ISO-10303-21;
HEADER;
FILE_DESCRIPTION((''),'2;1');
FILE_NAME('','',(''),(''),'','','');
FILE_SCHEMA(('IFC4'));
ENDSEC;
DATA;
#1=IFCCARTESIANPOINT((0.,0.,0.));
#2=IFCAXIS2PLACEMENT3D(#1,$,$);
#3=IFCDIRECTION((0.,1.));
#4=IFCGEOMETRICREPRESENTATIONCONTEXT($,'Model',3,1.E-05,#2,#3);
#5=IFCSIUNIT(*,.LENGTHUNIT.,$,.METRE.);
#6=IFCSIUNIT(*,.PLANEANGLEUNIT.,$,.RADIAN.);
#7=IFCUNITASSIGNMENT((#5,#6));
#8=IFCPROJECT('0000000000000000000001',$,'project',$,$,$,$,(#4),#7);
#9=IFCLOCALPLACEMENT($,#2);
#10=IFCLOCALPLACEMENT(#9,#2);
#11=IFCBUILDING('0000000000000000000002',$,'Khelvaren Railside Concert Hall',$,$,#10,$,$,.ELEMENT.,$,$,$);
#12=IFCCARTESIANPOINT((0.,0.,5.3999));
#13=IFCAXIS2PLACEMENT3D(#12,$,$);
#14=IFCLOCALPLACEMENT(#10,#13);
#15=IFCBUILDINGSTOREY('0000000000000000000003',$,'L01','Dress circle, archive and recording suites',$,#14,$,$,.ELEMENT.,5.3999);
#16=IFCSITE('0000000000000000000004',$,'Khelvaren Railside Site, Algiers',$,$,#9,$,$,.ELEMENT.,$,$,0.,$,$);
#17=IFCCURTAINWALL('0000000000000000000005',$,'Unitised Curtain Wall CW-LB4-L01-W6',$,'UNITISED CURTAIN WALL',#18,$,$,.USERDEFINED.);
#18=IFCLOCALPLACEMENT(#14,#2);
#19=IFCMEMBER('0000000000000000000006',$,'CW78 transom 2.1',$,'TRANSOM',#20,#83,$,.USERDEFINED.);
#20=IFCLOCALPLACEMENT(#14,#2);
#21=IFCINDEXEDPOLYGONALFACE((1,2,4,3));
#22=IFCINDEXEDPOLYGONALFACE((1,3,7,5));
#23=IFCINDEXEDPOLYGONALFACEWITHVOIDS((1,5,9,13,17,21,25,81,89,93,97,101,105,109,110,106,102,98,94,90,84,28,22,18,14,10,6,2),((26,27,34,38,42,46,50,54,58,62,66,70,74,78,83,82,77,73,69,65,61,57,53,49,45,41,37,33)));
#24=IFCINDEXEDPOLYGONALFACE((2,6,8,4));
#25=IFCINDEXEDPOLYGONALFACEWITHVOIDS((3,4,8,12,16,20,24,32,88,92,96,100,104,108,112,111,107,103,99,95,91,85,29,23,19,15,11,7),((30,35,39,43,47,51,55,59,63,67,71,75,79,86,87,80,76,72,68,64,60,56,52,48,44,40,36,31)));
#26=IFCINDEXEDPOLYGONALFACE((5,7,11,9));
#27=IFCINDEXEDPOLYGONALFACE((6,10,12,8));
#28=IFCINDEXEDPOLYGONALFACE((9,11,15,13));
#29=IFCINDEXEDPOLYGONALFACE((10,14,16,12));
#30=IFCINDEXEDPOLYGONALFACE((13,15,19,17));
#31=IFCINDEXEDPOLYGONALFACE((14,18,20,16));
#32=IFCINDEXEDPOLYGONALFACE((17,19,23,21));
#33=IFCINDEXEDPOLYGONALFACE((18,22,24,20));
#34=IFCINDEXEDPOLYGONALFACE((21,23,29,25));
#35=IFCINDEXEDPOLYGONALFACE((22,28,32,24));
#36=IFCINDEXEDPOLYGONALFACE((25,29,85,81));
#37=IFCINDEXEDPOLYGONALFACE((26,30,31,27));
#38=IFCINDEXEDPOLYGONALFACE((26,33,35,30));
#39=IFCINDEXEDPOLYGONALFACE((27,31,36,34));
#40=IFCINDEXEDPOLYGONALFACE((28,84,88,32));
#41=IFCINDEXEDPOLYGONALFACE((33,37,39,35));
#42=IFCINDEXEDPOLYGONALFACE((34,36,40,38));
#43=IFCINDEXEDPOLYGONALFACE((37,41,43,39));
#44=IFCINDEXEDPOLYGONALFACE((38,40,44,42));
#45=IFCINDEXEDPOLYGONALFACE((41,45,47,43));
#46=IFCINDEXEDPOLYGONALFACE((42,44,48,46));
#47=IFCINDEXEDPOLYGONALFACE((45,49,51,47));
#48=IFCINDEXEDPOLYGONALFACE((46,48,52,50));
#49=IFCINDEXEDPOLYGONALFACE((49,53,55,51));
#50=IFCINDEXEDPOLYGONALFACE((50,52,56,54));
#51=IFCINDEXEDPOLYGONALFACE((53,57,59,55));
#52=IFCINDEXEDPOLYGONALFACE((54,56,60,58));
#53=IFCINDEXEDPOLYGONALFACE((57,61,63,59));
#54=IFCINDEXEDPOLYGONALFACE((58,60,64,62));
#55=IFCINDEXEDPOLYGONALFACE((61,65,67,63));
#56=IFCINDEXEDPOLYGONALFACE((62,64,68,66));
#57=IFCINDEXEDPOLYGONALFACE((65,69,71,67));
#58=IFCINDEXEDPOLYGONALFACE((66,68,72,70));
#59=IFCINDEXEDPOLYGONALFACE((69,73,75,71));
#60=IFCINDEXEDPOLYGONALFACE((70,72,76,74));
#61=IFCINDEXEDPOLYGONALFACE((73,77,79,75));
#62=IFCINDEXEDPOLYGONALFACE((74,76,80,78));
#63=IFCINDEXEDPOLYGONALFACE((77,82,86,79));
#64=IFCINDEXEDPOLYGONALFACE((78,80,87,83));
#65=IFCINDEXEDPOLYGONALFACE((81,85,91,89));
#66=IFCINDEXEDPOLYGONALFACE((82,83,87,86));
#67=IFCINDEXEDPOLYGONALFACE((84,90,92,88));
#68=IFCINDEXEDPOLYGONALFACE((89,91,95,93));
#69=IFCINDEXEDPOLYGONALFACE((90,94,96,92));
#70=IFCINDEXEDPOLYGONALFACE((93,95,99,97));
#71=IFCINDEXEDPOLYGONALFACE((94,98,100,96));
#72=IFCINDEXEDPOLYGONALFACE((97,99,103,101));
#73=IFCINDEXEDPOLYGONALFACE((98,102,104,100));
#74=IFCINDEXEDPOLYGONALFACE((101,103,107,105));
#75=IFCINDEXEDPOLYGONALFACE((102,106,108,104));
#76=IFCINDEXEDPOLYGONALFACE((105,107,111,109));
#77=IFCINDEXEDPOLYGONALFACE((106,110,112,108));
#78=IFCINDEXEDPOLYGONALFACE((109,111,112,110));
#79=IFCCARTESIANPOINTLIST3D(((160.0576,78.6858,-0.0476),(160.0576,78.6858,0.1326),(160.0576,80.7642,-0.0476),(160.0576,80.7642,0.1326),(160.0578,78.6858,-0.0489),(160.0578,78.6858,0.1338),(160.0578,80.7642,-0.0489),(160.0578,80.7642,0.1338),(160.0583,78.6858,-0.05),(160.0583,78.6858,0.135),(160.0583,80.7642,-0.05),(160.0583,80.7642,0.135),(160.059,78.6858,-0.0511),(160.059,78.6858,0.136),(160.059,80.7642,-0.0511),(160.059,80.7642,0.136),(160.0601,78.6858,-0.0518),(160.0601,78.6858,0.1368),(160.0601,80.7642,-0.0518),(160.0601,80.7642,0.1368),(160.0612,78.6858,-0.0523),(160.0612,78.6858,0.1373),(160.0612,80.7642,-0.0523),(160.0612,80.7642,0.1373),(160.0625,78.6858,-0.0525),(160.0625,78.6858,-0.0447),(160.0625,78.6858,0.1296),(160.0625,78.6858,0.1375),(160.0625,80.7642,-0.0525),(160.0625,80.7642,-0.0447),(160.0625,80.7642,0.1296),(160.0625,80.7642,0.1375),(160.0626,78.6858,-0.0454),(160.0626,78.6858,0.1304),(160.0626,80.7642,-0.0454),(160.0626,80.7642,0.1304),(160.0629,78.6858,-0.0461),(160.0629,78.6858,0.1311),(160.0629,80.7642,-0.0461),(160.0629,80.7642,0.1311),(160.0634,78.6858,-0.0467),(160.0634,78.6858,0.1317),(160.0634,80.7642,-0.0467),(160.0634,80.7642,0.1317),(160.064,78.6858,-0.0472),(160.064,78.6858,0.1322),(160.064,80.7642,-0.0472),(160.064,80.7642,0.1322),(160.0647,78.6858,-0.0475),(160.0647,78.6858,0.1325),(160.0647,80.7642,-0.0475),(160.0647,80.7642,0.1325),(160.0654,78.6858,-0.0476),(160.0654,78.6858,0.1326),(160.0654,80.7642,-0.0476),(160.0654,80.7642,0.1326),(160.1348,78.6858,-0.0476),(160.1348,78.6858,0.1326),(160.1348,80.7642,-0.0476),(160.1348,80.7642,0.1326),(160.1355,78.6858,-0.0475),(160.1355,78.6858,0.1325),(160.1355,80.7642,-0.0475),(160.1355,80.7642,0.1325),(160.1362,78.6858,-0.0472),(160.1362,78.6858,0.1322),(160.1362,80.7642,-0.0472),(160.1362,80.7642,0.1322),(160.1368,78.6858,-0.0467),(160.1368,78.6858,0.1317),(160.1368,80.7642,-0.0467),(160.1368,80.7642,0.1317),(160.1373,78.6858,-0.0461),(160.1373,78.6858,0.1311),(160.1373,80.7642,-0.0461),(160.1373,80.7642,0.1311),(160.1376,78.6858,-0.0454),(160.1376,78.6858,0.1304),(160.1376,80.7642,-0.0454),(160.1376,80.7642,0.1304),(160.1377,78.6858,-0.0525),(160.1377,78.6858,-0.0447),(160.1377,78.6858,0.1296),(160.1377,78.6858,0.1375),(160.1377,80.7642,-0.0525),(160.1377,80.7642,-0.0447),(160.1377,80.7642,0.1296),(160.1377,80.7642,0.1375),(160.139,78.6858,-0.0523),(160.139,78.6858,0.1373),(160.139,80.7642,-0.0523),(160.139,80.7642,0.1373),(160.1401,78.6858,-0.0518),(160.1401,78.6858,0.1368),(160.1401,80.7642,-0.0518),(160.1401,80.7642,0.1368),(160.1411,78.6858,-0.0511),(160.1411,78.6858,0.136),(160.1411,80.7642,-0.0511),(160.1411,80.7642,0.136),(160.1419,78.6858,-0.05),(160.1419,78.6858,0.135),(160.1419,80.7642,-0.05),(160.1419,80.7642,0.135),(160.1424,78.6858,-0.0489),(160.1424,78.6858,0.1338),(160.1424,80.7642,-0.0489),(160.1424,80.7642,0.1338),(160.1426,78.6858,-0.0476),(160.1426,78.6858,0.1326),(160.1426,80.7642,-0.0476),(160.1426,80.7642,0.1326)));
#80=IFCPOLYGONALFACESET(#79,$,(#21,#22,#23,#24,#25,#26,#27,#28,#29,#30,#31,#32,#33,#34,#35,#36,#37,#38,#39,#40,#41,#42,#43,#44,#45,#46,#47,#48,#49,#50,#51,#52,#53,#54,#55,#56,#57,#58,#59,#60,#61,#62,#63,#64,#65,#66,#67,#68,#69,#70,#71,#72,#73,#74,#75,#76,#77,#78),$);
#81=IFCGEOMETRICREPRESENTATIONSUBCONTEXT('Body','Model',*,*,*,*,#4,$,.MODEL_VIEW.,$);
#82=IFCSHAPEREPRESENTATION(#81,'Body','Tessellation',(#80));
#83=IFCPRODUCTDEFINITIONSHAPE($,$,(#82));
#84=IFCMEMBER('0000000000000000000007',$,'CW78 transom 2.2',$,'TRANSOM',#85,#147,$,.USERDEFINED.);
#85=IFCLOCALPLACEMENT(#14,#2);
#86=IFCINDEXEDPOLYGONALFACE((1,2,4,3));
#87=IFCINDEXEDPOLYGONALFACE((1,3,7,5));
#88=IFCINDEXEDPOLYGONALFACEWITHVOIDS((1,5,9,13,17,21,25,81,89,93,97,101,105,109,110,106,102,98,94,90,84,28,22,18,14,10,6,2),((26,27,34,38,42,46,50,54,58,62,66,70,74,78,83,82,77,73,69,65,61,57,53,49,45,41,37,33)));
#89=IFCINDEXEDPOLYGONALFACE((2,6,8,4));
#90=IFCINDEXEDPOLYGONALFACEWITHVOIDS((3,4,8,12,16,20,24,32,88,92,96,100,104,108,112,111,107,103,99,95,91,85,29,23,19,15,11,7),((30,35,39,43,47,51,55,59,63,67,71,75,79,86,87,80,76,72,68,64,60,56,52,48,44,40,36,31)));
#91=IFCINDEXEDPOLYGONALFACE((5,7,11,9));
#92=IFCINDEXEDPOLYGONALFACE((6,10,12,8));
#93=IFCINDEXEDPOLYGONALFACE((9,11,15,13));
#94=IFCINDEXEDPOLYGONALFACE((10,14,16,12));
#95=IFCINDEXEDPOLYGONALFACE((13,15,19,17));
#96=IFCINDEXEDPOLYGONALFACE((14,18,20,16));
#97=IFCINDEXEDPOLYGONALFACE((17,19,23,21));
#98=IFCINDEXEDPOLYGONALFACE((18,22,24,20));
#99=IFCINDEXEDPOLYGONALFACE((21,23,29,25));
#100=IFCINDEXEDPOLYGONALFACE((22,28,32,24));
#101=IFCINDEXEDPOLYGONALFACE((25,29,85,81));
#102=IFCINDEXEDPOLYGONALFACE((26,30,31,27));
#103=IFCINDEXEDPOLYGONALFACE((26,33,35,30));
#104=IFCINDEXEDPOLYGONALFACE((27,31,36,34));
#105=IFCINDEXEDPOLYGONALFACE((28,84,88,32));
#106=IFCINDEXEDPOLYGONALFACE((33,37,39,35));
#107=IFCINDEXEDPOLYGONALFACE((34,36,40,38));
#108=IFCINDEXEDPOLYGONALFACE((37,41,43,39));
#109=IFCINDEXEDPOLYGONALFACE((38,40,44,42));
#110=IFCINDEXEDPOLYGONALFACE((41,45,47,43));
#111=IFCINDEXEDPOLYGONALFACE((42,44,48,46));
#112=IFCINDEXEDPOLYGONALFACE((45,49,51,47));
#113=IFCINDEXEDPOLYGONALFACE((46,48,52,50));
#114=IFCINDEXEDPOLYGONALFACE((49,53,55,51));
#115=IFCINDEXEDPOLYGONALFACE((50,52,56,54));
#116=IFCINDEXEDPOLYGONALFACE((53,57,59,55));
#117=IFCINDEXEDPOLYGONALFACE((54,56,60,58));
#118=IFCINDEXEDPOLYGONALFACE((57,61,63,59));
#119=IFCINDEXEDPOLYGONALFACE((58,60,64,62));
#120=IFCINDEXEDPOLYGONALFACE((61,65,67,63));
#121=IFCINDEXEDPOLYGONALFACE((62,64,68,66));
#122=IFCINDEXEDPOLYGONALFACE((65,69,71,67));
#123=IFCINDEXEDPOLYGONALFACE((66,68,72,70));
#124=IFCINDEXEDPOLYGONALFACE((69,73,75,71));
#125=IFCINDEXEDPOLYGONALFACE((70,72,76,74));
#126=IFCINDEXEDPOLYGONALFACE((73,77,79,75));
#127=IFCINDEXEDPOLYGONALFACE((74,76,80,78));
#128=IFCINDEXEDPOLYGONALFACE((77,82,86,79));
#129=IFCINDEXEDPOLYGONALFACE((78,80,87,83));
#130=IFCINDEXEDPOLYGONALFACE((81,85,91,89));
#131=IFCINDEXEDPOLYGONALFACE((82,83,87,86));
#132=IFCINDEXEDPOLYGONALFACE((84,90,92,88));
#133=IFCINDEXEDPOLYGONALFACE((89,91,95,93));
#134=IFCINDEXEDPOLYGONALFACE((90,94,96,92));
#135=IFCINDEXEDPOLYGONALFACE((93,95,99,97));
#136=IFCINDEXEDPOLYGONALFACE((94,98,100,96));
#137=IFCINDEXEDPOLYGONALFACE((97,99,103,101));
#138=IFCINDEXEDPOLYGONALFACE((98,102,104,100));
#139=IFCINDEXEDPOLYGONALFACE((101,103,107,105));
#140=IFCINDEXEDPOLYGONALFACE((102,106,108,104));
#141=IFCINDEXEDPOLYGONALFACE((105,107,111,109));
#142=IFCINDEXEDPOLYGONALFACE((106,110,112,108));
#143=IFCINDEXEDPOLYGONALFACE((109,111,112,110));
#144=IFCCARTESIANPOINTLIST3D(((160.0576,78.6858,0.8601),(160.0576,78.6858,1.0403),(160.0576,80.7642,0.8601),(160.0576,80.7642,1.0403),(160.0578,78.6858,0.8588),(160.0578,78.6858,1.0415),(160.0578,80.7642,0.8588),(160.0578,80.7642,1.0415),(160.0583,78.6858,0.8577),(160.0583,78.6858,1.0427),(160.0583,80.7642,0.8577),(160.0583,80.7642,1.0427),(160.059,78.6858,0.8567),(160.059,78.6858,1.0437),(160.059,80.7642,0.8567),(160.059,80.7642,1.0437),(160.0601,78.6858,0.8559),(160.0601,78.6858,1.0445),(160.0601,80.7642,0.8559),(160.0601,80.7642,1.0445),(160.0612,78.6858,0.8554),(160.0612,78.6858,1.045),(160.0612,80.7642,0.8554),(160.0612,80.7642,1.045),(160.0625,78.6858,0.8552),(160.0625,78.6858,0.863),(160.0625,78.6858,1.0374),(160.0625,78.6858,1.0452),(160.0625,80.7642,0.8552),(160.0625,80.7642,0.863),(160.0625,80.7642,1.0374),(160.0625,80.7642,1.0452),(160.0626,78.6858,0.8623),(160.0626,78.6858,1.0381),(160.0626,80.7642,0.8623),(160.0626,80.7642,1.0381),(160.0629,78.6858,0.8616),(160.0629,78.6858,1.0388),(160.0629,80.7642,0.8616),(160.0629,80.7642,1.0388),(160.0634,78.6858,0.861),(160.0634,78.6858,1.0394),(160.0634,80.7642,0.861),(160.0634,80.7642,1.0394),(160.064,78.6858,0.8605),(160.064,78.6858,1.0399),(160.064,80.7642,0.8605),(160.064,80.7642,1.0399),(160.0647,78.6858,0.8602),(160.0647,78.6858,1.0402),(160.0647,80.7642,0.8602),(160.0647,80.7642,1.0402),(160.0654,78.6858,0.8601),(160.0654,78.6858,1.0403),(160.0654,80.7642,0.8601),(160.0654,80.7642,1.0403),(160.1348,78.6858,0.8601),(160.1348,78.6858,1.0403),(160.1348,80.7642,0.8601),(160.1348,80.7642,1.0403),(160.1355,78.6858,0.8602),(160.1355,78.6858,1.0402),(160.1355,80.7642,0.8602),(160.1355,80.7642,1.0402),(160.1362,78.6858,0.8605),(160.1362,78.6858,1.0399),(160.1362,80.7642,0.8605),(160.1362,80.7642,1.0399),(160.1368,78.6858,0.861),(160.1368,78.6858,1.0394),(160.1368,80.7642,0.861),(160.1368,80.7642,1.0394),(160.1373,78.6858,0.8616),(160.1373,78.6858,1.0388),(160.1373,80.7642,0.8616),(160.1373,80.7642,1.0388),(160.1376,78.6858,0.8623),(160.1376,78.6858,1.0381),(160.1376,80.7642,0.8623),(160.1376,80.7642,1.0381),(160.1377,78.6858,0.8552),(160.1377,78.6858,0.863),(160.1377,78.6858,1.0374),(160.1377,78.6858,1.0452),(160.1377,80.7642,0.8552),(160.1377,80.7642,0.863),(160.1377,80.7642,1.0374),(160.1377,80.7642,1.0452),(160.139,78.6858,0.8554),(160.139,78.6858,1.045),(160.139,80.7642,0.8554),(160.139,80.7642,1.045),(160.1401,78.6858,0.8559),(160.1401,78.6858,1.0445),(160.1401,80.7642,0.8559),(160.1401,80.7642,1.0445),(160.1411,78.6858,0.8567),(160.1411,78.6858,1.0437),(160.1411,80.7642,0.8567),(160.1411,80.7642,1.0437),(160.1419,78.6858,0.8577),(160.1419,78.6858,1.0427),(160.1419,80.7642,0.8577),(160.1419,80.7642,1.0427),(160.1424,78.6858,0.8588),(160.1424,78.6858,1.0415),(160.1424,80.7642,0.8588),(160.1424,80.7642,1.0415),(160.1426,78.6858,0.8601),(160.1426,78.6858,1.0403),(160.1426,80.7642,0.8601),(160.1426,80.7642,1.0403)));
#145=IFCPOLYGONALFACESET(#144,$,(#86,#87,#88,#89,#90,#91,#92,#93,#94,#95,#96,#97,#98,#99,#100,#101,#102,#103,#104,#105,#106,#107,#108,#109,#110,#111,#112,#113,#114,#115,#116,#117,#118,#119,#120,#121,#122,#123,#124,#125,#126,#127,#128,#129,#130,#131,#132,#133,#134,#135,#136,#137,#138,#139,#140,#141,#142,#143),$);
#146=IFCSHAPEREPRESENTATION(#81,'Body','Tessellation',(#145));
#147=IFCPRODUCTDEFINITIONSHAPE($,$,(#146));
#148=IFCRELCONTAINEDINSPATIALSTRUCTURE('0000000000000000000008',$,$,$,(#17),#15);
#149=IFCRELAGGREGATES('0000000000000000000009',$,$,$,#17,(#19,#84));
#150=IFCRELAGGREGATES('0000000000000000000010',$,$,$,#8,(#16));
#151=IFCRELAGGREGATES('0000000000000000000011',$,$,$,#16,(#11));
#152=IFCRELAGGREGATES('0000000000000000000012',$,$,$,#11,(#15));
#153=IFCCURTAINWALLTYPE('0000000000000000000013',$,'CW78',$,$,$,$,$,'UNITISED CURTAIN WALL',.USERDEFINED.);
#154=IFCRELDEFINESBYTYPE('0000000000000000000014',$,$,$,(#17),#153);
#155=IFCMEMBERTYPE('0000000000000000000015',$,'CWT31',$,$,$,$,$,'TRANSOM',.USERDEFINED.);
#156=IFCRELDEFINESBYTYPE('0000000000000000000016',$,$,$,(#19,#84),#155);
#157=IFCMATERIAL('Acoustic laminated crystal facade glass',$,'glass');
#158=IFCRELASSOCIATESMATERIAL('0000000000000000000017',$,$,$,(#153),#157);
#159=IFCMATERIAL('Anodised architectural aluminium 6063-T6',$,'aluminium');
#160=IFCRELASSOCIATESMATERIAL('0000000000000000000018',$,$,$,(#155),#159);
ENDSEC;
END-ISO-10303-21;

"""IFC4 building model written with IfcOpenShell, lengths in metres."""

from ifc_helpers import new_model, si_unit, direction, frame, origin, origin_2d, place, context, subcontext, project, spatial, hollow_rectangle, extrude, material, material_profile, profile_set, type_object, element, aggregate, save


model = new_model("IFC4")

# Units and contexts
model_context = context("Model", 3, precision=1e-05, world=origin(), true_north=direction((0.0, 1.0)))
body_context = subcontext(model_context, "Body", "Model", "MODEL_VIEW")
ifc_project = project(units=[si_unit("LENGTHUNIT", "METRE"), si_unit("PLANEANGLEUNIT", "RADIAN")], contexts=[model_context])

# Site, building, storey
site_placement = place(None, origin())
site = spatial("IfcSite", under=ifc_project, at=site_placement, Name="Khelvaren Railside Site, Algiers", CompositionType="ELEMENT", RefElevation=0.0)
building_placement = place(site_placement, origin())
building = spatial("IfcBuilding", under=site, at=building_placement, Name="Khelvaren Railside Concert Hall", CompositionType="ELEMENT")
storey_placement = place(building_placement, frame((0.0, 0.0, 5.3999)))
storey = spatial("IfcBuildingStorey", under=building, at=storey_placement, Name="L01", Description="Dress circle, archive and recording suites", CompositionType="ELEMENT", Elevation=5.3999)

# Curtain wall, members
ifc_material_1 = material(Name="Acoustic laminated crystal facade glass", Category="glass")
curtain_wall_type = type_object("IfcCurtainWallType", Name="CW78", ElementType="UNITISED CURTAIN WALL", PredefinedType="USERDEFINED", material=ifc_material_1)
curtain_wall_placement = place(storey_placement, origin())
curtain_wall = element("IfcCurtainWall", 1, at=curtain_wall_placement, inside=storey, type_object=curtain_wall_type, Name="Unitised Curtain Wall CW-LB4-L01-W6", ObjectType="UNITISED CURTAIN WALL", PredefinedType="USERDEFINED")
ifc_material_2 = material(Name="Anodised architectural aluminium 6063-T6", Category="aluminium")
ifc_material_profile_1 = material_profile(ifc_material_2, hollow_rectangle(XDim=0.085, YDim=0.1899, WallThickness=0.0049, InnerFilletRadius=0.0029, OuterFilletRadius=0.0049, at=origin_2d()), Name="CWT 85x190x5")
ifc_profile_set_1 = profile_set([ifc_material_profile_1], Name="Anodised architectural aluminium 6063-T6")
member_type_1 = type_object("IfcMemberType", Name="CWT31", ElementType="TRANSOM", PredefinedType="USERDEFINED", material=ifc_profile_set_1)
member_1_placement = place(storey_placement, frame((160.1001, 78.6858, 0.0425), z_axis=(0.0, 1.0, 0.0), x_axis=(-1.0, 0.0, 0.0)))
member_1 = element("IfcMember", 2, at=member_1_placement, type_object=member_type_1, Name="CW78 transom 2.1", ObjectType="TRANSOM", PredefinedType="USERDEFINED", context=body_context, shape_type="SweptSolid", body=[
    extrude(hollow_rectangle(XDim=0.085, YDim=0.1899, WallThickness=0.0049, InnerFilletRadius=0.0029, OuterFilletRadius=0.0049, at=origin_2d()), origin(), (0.0, 0.0, 1.0), 2.0784),
])
member_2_placement = place(storey_placement, frame((160.1001, 78.6858, 0.9502), z_axis=(0.0, 1.0, 0.0), x_axis=(-1.0, 0.0, 0.0)))
member_2 = element("IfcMember", 3, at=member_2_placement, type_object=member_type_1, Name="CW78 transom 2.2", ObjectType="TRANSOM", PredefinedType="USERDEFINED", context=body_context, shape_type="SweptSolid", body=[
    extrude(hollow_rectangle(XDim=0.085, YDim=0.1899, WallThickness=0.0049, InnerFilletRadius=0.0029, OuterFilletRadius=0.0049, at=origin_2d()), origin(), (0.0, 0.0, 1.0), 2.0784),
])

aggregate(curtain_wall, [member_1, member_2])

save(model, "model.ifc")
